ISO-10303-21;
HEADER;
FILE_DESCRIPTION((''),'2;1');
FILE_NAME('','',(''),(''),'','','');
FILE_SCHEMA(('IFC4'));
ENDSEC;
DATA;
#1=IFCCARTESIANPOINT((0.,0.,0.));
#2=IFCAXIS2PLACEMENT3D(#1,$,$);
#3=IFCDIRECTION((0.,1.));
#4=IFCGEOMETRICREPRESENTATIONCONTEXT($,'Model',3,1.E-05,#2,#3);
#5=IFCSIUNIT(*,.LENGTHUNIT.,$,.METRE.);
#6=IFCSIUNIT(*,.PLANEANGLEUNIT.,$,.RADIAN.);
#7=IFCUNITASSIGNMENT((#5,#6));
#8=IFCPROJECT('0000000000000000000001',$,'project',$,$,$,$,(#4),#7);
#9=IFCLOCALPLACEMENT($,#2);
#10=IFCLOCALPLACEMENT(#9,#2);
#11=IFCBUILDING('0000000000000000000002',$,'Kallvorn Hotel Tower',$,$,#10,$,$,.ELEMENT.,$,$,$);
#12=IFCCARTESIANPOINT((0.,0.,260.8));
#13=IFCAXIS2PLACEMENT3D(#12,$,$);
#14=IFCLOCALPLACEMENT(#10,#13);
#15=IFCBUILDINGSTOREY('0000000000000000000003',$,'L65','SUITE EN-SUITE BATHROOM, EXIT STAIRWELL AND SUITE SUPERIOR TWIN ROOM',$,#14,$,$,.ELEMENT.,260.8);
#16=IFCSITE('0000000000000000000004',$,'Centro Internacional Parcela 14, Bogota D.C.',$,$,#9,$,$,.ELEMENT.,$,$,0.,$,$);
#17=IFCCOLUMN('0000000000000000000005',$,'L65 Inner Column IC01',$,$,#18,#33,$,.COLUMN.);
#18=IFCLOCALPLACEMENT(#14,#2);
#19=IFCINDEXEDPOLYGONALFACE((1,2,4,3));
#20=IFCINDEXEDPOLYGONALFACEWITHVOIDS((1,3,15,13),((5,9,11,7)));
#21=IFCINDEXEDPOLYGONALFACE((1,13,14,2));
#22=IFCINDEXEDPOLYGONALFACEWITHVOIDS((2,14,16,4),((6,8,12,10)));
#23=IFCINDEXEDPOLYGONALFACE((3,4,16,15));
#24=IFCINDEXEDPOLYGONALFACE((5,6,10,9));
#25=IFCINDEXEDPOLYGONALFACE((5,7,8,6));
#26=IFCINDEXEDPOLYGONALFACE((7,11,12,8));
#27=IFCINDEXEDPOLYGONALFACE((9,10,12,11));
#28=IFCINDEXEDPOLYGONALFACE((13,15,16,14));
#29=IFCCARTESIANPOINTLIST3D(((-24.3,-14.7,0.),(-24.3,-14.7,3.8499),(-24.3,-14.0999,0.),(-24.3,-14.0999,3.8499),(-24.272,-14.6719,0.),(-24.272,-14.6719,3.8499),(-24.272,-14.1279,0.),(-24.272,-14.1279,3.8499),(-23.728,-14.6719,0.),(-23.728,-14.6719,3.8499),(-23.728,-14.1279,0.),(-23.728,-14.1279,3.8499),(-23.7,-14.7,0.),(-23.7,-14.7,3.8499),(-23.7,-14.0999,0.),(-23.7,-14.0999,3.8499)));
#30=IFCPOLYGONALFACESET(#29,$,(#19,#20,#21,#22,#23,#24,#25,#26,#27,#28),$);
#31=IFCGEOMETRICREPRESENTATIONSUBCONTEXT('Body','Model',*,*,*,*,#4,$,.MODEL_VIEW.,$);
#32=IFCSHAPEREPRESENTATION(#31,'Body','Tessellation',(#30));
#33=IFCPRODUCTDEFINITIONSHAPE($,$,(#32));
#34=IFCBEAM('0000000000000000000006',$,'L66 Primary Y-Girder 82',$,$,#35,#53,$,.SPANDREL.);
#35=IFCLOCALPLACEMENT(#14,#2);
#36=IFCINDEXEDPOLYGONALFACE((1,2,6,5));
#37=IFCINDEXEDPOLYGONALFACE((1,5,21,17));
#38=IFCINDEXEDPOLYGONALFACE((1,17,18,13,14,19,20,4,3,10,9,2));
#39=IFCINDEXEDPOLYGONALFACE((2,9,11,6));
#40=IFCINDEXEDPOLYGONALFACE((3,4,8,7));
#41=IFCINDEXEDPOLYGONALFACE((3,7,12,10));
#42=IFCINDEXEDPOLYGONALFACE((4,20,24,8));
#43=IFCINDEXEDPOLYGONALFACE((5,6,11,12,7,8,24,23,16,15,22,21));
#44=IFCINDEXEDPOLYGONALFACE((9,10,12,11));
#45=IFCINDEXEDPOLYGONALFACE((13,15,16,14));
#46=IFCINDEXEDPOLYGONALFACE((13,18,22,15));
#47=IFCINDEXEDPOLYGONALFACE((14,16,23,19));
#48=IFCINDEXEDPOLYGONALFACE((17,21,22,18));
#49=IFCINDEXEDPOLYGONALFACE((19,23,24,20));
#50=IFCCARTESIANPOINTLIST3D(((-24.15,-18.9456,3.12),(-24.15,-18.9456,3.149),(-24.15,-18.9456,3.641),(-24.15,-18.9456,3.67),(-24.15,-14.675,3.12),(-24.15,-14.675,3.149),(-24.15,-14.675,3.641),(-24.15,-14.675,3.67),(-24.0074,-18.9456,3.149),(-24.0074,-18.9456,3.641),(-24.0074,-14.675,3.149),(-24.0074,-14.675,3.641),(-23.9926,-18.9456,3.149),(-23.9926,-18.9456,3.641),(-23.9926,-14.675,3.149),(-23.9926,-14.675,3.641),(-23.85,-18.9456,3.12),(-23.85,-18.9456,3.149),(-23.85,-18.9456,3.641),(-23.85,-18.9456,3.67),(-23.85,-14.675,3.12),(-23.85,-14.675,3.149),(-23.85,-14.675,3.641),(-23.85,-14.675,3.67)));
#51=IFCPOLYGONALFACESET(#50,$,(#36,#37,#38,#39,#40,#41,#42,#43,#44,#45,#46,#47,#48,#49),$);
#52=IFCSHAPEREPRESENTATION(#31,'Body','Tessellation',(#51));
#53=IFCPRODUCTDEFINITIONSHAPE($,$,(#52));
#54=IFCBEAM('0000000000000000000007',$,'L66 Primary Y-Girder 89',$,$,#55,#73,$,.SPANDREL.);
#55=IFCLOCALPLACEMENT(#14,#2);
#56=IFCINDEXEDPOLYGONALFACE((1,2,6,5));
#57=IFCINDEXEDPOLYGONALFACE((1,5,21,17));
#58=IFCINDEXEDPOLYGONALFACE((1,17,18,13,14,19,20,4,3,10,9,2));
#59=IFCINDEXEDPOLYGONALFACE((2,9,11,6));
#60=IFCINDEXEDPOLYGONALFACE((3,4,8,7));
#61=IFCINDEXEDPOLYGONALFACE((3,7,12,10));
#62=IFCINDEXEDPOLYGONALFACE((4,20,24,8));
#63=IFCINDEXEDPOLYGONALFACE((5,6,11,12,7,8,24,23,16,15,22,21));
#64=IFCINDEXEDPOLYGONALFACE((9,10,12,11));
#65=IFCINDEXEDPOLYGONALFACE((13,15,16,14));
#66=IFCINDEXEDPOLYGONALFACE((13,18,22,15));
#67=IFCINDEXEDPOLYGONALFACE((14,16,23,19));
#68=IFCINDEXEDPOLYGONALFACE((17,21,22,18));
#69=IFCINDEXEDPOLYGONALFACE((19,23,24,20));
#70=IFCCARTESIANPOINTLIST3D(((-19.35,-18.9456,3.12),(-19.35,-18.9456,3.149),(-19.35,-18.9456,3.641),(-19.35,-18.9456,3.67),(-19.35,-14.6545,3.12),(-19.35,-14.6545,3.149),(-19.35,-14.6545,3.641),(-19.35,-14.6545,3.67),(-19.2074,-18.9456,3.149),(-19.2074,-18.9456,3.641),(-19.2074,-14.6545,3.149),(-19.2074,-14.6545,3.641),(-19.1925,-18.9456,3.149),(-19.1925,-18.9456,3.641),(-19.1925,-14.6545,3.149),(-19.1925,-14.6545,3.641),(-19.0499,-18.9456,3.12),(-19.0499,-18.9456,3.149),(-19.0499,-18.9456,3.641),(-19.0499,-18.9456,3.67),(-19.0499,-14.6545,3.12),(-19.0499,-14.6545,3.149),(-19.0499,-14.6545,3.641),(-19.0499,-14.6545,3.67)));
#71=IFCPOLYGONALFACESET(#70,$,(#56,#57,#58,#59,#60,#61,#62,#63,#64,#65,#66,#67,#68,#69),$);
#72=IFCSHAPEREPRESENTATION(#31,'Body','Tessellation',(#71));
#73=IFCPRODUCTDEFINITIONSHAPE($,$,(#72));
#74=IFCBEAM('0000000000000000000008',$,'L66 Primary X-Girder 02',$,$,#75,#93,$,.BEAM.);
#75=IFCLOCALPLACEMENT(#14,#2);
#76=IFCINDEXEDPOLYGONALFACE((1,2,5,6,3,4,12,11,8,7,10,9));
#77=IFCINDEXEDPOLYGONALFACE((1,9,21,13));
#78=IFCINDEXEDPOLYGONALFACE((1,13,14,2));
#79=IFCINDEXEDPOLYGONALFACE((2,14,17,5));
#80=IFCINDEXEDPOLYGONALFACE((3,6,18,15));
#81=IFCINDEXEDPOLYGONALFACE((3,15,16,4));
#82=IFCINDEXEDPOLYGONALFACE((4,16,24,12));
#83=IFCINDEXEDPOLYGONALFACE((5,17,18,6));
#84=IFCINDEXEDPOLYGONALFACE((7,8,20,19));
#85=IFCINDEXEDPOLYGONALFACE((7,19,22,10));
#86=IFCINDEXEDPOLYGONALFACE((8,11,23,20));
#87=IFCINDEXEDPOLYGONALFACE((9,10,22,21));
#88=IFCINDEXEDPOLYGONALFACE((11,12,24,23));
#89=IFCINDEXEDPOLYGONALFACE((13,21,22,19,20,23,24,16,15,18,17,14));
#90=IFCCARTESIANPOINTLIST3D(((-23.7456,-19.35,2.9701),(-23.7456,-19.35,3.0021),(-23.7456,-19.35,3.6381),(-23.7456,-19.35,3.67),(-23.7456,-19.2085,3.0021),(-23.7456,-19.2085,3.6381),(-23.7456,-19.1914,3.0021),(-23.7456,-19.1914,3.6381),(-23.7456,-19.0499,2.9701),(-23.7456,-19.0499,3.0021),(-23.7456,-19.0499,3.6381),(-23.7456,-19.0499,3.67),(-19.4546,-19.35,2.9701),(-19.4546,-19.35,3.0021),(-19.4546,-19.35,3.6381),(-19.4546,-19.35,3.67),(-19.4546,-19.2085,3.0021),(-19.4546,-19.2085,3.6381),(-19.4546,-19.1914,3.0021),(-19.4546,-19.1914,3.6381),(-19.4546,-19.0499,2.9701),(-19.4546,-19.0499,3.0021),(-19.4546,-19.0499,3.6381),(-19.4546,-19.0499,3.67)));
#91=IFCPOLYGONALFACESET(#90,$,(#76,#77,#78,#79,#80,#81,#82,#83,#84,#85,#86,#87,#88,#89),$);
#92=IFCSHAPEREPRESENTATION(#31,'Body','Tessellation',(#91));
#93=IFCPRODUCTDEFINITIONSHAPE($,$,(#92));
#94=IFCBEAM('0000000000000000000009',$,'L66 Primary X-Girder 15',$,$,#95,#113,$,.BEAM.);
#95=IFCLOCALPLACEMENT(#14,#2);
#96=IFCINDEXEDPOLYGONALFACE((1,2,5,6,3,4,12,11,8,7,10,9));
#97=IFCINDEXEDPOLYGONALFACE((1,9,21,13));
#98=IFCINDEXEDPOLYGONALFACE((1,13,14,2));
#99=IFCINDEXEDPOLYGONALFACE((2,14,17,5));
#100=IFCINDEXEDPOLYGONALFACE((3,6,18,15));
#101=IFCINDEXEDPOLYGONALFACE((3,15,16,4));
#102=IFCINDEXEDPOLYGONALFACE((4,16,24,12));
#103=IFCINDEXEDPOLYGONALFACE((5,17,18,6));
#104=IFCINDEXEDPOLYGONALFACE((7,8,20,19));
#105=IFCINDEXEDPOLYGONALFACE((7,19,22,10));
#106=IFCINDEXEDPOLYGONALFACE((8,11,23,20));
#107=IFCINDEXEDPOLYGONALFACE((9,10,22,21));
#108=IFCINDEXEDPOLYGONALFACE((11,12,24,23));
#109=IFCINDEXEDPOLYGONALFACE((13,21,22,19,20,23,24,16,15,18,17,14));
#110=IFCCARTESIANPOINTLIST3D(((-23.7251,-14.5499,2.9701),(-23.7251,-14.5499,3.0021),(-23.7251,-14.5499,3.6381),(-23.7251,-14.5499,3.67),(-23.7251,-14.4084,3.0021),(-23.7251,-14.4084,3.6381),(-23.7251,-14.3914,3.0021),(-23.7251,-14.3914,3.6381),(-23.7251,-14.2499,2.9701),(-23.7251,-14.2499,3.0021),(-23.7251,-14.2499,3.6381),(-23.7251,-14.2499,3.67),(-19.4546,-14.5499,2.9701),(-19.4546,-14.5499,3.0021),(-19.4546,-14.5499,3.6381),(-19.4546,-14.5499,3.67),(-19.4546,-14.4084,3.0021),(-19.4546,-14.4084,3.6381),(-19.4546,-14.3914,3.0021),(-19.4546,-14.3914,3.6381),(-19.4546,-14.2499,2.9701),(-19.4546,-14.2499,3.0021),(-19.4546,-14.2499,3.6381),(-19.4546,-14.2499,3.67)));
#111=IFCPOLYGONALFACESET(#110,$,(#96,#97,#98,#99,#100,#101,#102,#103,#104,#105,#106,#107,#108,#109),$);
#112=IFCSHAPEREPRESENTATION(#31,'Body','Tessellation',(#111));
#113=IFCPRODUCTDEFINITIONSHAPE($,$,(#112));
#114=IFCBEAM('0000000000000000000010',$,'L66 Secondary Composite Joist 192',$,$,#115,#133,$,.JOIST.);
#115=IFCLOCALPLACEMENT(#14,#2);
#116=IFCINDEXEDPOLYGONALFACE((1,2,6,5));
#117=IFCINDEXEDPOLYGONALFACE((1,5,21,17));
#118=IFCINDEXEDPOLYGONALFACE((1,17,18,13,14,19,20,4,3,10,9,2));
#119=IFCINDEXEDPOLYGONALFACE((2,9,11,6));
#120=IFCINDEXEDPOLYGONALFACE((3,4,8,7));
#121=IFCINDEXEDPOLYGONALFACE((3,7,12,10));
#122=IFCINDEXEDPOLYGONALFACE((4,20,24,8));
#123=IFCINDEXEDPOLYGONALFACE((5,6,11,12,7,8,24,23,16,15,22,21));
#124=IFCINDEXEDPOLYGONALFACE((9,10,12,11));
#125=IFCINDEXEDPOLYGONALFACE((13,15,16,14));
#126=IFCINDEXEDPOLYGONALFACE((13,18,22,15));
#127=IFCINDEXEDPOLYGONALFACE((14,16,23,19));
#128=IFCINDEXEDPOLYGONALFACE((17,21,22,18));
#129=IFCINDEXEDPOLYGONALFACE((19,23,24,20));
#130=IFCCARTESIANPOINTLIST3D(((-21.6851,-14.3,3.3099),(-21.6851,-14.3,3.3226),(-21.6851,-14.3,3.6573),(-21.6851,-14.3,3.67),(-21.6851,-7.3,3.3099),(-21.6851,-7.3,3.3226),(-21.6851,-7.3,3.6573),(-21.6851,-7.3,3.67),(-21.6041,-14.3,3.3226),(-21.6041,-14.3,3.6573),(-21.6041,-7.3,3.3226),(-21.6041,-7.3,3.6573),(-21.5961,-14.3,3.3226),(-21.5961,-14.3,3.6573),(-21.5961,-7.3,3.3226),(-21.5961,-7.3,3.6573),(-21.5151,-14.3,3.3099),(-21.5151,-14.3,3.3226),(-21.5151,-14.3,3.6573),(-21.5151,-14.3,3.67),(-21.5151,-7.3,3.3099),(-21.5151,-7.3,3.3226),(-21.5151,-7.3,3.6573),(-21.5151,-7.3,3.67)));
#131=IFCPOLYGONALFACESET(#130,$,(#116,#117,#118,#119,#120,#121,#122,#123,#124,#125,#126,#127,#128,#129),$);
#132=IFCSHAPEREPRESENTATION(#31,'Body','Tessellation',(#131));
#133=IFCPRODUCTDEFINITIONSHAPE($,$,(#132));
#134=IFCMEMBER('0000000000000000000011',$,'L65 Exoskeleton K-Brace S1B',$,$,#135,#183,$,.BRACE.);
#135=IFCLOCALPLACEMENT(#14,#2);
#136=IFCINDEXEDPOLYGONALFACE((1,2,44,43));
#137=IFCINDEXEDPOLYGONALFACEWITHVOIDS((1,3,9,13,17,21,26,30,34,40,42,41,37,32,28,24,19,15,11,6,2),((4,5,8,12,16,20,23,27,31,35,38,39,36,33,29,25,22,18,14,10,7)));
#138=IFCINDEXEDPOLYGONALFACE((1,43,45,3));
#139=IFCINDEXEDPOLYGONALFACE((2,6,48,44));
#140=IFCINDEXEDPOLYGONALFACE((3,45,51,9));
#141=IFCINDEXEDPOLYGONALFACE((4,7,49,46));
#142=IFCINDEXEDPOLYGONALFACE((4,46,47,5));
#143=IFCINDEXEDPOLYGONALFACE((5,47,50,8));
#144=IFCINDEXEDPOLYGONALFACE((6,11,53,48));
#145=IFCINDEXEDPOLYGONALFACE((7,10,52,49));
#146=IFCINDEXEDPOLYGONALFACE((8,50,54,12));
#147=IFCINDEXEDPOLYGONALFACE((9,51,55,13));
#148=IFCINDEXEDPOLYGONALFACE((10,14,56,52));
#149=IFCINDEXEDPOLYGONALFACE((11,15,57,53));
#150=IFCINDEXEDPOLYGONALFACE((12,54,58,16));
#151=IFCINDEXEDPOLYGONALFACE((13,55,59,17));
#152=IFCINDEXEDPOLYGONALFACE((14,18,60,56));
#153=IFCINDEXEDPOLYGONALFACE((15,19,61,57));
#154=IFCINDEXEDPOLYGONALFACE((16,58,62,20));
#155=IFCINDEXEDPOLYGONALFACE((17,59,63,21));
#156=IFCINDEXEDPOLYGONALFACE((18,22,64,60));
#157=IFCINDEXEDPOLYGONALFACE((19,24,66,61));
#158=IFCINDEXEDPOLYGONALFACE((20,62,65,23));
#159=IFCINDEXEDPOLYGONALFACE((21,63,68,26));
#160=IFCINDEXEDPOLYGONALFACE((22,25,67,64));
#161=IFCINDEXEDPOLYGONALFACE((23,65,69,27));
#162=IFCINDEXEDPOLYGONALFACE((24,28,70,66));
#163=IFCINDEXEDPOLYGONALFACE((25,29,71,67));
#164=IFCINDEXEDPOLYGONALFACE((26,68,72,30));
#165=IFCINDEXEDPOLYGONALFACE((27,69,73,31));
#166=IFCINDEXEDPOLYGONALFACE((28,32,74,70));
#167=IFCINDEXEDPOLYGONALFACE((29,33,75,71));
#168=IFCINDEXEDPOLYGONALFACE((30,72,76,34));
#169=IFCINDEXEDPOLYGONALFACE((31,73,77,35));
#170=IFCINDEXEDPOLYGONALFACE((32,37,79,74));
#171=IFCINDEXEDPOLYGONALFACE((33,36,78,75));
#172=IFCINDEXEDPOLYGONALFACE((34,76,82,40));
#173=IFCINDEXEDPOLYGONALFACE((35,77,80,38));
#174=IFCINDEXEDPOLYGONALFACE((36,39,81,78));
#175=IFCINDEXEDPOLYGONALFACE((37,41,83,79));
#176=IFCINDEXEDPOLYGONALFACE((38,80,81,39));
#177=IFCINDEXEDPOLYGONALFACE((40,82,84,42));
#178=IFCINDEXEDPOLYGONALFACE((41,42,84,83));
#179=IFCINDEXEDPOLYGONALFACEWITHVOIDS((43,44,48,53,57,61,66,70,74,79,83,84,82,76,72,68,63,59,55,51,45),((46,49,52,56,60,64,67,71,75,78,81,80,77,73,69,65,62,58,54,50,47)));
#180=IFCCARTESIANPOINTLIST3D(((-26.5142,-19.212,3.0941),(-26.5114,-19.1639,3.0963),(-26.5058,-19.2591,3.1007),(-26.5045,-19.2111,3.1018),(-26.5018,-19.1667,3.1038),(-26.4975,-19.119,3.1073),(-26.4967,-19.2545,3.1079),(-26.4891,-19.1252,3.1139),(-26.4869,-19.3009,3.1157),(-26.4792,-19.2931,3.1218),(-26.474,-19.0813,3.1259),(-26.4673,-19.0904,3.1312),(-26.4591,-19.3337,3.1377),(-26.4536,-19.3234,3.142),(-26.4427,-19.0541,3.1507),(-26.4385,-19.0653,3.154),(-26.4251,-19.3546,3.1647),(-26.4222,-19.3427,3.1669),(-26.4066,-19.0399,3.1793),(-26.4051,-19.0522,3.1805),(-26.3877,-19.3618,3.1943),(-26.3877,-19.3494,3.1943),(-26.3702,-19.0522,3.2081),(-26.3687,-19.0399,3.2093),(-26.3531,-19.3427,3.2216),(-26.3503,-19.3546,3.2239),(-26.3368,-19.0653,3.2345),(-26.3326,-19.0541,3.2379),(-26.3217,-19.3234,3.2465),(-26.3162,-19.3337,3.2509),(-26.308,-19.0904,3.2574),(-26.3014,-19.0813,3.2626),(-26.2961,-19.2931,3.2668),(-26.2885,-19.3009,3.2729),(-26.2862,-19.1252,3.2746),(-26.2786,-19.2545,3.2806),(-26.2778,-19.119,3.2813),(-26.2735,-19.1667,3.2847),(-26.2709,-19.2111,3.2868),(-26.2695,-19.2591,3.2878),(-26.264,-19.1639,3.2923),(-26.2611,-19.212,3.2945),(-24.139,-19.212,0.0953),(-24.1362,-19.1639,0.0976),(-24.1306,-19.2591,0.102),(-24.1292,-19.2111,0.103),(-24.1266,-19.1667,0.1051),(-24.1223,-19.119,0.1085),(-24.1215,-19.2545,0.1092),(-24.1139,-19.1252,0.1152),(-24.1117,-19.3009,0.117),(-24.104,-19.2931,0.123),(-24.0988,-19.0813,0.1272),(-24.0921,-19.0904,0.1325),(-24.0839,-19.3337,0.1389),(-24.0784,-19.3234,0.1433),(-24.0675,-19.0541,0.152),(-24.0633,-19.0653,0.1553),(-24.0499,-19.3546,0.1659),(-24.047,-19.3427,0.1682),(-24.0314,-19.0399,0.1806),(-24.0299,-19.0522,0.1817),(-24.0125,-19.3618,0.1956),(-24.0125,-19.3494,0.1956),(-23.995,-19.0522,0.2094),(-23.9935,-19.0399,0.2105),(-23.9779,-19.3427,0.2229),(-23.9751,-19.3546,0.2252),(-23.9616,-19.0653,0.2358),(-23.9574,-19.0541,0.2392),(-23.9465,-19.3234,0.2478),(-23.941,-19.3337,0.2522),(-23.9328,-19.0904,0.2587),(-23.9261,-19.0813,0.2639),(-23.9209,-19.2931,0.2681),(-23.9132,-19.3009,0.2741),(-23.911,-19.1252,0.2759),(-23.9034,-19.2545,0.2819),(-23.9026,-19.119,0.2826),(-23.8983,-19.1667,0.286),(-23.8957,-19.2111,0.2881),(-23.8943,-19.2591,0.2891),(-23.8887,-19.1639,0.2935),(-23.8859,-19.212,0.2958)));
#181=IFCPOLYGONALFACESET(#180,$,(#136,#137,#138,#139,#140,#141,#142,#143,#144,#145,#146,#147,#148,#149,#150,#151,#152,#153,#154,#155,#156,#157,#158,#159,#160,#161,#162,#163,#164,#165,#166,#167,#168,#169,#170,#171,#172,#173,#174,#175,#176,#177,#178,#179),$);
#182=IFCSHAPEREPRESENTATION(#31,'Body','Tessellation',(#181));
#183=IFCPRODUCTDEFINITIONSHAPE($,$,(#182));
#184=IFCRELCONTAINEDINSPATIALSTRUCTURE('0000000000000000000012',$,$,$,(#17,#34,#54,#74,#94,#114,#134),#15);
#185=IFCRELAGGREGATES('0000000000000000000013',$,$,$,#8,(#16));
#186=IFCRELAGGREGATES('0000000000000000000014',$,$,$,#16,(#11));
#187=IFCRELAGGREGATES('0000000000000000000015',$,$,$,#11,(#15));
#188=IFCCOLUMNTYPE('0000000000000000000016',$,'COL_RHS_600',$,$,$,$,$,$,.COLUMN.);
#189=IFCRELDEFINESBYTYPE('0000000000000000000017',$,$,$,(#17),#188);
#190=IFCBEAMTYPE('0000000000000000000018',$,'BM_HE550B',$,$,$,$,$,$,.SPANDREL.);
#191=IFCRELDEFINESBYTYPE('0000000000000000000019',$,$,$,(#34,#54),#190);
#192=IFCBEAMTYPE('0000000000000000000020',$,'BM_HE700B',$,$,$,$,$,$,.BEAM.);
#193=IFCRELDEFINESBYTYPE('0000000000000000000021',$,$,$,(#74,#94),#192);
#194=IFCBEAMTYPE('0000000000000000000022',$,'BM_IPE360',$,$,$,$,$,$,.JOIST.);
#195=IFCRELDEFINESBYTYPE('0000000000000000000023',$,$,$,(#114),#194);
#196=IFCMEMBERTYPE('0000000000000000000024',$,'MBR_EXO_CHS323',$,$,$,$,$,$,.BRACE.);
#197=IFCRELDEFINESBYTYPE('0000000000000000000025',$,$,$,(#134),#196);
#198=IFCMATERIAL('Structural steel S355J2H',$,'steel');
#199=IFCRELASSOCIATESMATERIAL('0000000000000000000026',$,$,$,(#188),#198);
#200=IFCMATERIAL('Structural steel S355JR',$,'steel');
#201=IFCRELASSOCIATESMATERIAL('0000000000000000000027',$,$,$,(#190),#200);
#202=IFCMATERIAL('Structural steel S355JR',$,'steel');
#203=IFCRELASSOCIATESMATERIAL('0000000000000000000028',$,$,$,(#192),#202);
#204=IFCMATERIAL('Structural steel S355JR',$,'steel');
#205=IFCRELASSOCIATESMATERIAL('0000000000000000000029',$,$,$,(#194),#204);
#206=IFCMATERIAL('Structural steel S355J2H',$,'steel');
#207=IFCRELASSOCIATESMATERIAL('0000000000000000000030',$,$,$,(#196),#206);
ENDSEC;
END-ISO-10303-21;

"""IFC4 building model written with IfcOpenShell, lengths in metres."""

from ifc_helpers import new_model, si_unit, direction, frame, origin, origin_2d, place, context, subcontext, project, spatial, hollow_rectangle, hollow_circle, i_section, extrude, material, material_profile, profile_set, type_object, element, save


model = new_model("IFC4")

# Units and contexts
model_context = context("Model", 3, precision=1e-05, world=origin(), true_north=direction((0.0, 1.0)))
body_context = subcontext(model_context, "Body", "Model", "MODEL_VIEW")
ifc_project = project(units=[si_unit("LENGTHUNIT", "METRE"), si_unit("PLANEANGLEUNIT", "RADIAN")], contexts=[model_context])

# Site, building, storey
site_placement = place(None, origin())
site = spatial("IfcSite", under=ifc_project, at=site_placement, Name="Centro Internacional Parcela 14, Bogota D.C.", CompositionType="ELEMENT", RefElevation=0.0)
building_placement = place(site_placement, origin())
building = spatial("IfcBuilding", under=site, at=building_placement, Name="Kallvorn Hotel Tower", CompositionType="ELEMENT")
storey_placement = place(building_placement, frame((0.0, 0.0, 260.8)))
storey = spatial("IfcBuildingStorey", under=building, at=storey_placement, Name="L65", Description="SUITE EN-SUITE BATHROOM, EXIT STAIRWELL AND SUITE SUPERIOR TWIN ROOM", CompositionType="ELEMENT", Elevation=260.8)

# Column
ifc_material_1 = material(Name="Structural steel S355J2H", Category="steel")
ifc_material_profile_1 = material_profile(ifc_material_1, hollow_rectangle(XDim=0.6001, YDim=0.6001, WallThickness=0.0281, at=origin_2d()), Name="RHS 600x600x28")
ifc_profile_set_1 = profile_set([ifc_material_profile_1], Name="Structural steel S355J2H")
column_type_1 = type_object("IfcColumnType", Name="COL_RHS_600", PredefinedType="COLUMN", material=ifc_profile_set_1)
column_placement = place(storey_placement, frame((-24.0, -14.3999, 0.0), z_axis=(0.0, 0.0, 1.0), x_axis=(1.0, 0.0, 0.0)))
element("IfcColumn", 1, at=column_placement, inside=storey, type_object=column_type_1, Name="L65 Inner Column IC01", PredefinedType="COLUMN", context=body_context, shape_type="SweptSolid", body=[
    extrude(hollow_rectangle(XDim=0.6001, YDim=0.6001, WallThickness=0.0281, at=origin_2d()), origin(), (0.0, 0.0, 1.0), 3.8499),
])

# Beams
ifc_material_2 = material(Name="Structural steel S355JR", Category="steel")
ifc_material_profile_2 = material_profile(ifc_material_2, i_section(OverallWidth=0.3, OverallDepth=0.55, WebThickness=0.0149, FlangeThickness=0.0291, at=origin_2d()), Name="HE 550 B")
ifc_profile_set_2 = profile_set([ifc_material_profile_2], Name="Structural steel S355JR")
beam_type_1 = type_object("IfcBeamType", Name="BM_HE550B", PredefinedType="SPANDREL", material=ifc_profile_set_2)
beam_1_placement = place(storey_placement, frame((-24.0, -18.9456, 3.395), z_axis=(0.0, 1.0, 0.0), x_axis=(-1.0, 0.0, 0.0)))
element("IfcBeam", 2, at=beam_1_placement, inside=storey, type_object=beam_type_1, Name="L66 Primary Y-Girder 82", PredefinedType="SPANDREL", context=body_context, shape_type="SweptSolid", body=[
    extrude(i_section(OverallWidth=0.3, OverallDepth=0.55, WebThickness=0.0149, FlangeThickness=0.0291, at=origin_2d()), origin(), (0.0, 0.0, 1.0), 4.2705),
])
beam_2_placement = place(storey_placement, frame((-19.2, -18.9456, 3.395), z_axis=(0.0, 1.0, 0.0), x_axis=(-1.0, 0.0, 0.0)))
element("IfcBeam", 3, at=beam_2_placement, inside=storey, type_object=beam_type_1, Name="L66 Primary Y-Girder 89", PredefinedType="SPANDREL", context=body_context, shape_type="SweptSolid", body=[
    extrude(i_section(OverallWidth=0.3, OverallDepth=0.55, WebThickness=0.0149, FlangeThickness=0.0291, at=origin_2d()), origin(), (0.0, 0.0, 1.0), 4.291),
])
ifc_material_3 = material(Name="Structural steel S355JR", Category="steel")
ifc_material_profile_3 = material_profile(ifc_material_3, i_section(OverallWidth=0.3, OverallDepth=0.7, WebThickness=0.0171, FlangeThickness=0.032, at=origin_2d()), Name="HE 700 B")
ifc_profile_set_3 = profile_set([ifc_material_profile_3], Name="Structural steel S355JR")
beam_type_2 = type_object("IfcBeamType", Name="BM_HE700B", PredefinedType="BEAM", material=ifc_profile_set_3)
beam_3_placement = place(storey_placement, frame((-23.7456, -19.2, 3.3201), z_axis=(1.0, 0.0, 0.0), x_axis=(0.0, 1.0, 0.0)))
element("IfcBeam", 4, at=beam_3_placement, inside=storey, type_object=beam_type_2, Name="L66 Primary X-Girder 02", PredefinedType="BEAM", context=body_context, shape_type="SweptSolid", body=[
    extrude(i_section(OverallWidth=0.3, OverallDepth=0.7, WebThickness=0.0171, FlangeThickness=0.032, at=origin_2d()), origin(), (0.0, 0.0, 1.0), 4.291),
])
beam_4_placement = place(storey_placement, frame((-23.7251, -14.3999, 3.3201), z_axis=(1.0, 0.0, 0.0), x_axis=(0.0, 1.0, 0.0)))
element("IfcBeam", 5, at=beam_4_placement, inside=storey, type_object=beam_type_2, Name="L66 Primary X-Girder 15", PredefinedType="BEAM", context=body_context, shape_type="SweptSolid", body=[
    extrude(i_section(OverallWidth=0.3, OverallDepth=0.7, WebThickness=0.0171, FlangeThickness=0.032, at=origin_2d()), origin(), (0.0, 0.0, 1.0), 4.2705),
])
ifc_material_4 = material(Name="Structural steel S355JR", Category="steel")
ifc_material_profile_4 = material_profile(ifc_material_4, i_section(OverallWidth=0.1699, OverallDepth=0.3601, WebThickness=0.0081, FlangeThickness=0.0127, at=origin_2d()), Name="IPE 360")
ifc_profile_set_4 = profile_set([ifc_material_profile_4], Name="Structural steel S355JR")
beam_type_3 = type_object("IfcBeamType", Name="BM_IPE360", PredefinedType="JOIST", material=ifc_profile_set_4)
beam_5_placement = place(storey_placement, frame((-21.6001, -14.3, 3.49), z_axis=(0.0, 1.0, 0.0), x_axis=(-1.0, 0.0, 0.0)))
element("IfcBeam", 6, at=beam_5_placement, inside=storey, type_object=beam_type_3, Name="L66 Secondary Composite Joist 192", PredefinedType="JOIST", context=body_context, shape_type="SweptSolid", body=[
    extrude(i_section(OverallWidth=0.1699, OverallDepth=0.3601, WebThickness=0.0081, FlangeThickness=0.0127, at=origin_2d()), origin(), (0.0, 0.0, 1.0), 7.0),
])

# Member
ifc_material_5 = material(Name="Structural steel S355J2H", Category="steel")
ifc_material_profile_5 = material_profile(ifc_material_5, hollow_circle(Radius=0.1619, WallThickness=0.0125, at=origin_2d()), Name="CHS 323.9x12.5")
ifc_profile_set_5 = profile_set([ifc_material_profile_5], Name="Structural steel S355J2H")
member_type = type_object("IfcMemberType", Name="MBR_EXO_CHS323", PredefinedType="BRACE", material=ifc_profile_set_5)
member_placement = place(storey_placement, frame((-24.0125, -19.2, 0.1956), z_axis=(-0.620897, 0.0, 0.783892), x_axis=(0.0, -1.0, 0.0)))
element("IfcMember", 7, at=member_placement, inside=storey, type_object=member_type, Name="L65 Exoskeleton K-Brace S1B", PredefinedType="BRACE", context=body_context, shape_type="SweptSolid", body=[
    extrude(hollow_circle(Radius=0.1619, WallThickness=0.0125, at=origin_2d()), origin(), (0.0, 0.0, 1.0), 3.8254),
])

save(model, "model.ifc")
